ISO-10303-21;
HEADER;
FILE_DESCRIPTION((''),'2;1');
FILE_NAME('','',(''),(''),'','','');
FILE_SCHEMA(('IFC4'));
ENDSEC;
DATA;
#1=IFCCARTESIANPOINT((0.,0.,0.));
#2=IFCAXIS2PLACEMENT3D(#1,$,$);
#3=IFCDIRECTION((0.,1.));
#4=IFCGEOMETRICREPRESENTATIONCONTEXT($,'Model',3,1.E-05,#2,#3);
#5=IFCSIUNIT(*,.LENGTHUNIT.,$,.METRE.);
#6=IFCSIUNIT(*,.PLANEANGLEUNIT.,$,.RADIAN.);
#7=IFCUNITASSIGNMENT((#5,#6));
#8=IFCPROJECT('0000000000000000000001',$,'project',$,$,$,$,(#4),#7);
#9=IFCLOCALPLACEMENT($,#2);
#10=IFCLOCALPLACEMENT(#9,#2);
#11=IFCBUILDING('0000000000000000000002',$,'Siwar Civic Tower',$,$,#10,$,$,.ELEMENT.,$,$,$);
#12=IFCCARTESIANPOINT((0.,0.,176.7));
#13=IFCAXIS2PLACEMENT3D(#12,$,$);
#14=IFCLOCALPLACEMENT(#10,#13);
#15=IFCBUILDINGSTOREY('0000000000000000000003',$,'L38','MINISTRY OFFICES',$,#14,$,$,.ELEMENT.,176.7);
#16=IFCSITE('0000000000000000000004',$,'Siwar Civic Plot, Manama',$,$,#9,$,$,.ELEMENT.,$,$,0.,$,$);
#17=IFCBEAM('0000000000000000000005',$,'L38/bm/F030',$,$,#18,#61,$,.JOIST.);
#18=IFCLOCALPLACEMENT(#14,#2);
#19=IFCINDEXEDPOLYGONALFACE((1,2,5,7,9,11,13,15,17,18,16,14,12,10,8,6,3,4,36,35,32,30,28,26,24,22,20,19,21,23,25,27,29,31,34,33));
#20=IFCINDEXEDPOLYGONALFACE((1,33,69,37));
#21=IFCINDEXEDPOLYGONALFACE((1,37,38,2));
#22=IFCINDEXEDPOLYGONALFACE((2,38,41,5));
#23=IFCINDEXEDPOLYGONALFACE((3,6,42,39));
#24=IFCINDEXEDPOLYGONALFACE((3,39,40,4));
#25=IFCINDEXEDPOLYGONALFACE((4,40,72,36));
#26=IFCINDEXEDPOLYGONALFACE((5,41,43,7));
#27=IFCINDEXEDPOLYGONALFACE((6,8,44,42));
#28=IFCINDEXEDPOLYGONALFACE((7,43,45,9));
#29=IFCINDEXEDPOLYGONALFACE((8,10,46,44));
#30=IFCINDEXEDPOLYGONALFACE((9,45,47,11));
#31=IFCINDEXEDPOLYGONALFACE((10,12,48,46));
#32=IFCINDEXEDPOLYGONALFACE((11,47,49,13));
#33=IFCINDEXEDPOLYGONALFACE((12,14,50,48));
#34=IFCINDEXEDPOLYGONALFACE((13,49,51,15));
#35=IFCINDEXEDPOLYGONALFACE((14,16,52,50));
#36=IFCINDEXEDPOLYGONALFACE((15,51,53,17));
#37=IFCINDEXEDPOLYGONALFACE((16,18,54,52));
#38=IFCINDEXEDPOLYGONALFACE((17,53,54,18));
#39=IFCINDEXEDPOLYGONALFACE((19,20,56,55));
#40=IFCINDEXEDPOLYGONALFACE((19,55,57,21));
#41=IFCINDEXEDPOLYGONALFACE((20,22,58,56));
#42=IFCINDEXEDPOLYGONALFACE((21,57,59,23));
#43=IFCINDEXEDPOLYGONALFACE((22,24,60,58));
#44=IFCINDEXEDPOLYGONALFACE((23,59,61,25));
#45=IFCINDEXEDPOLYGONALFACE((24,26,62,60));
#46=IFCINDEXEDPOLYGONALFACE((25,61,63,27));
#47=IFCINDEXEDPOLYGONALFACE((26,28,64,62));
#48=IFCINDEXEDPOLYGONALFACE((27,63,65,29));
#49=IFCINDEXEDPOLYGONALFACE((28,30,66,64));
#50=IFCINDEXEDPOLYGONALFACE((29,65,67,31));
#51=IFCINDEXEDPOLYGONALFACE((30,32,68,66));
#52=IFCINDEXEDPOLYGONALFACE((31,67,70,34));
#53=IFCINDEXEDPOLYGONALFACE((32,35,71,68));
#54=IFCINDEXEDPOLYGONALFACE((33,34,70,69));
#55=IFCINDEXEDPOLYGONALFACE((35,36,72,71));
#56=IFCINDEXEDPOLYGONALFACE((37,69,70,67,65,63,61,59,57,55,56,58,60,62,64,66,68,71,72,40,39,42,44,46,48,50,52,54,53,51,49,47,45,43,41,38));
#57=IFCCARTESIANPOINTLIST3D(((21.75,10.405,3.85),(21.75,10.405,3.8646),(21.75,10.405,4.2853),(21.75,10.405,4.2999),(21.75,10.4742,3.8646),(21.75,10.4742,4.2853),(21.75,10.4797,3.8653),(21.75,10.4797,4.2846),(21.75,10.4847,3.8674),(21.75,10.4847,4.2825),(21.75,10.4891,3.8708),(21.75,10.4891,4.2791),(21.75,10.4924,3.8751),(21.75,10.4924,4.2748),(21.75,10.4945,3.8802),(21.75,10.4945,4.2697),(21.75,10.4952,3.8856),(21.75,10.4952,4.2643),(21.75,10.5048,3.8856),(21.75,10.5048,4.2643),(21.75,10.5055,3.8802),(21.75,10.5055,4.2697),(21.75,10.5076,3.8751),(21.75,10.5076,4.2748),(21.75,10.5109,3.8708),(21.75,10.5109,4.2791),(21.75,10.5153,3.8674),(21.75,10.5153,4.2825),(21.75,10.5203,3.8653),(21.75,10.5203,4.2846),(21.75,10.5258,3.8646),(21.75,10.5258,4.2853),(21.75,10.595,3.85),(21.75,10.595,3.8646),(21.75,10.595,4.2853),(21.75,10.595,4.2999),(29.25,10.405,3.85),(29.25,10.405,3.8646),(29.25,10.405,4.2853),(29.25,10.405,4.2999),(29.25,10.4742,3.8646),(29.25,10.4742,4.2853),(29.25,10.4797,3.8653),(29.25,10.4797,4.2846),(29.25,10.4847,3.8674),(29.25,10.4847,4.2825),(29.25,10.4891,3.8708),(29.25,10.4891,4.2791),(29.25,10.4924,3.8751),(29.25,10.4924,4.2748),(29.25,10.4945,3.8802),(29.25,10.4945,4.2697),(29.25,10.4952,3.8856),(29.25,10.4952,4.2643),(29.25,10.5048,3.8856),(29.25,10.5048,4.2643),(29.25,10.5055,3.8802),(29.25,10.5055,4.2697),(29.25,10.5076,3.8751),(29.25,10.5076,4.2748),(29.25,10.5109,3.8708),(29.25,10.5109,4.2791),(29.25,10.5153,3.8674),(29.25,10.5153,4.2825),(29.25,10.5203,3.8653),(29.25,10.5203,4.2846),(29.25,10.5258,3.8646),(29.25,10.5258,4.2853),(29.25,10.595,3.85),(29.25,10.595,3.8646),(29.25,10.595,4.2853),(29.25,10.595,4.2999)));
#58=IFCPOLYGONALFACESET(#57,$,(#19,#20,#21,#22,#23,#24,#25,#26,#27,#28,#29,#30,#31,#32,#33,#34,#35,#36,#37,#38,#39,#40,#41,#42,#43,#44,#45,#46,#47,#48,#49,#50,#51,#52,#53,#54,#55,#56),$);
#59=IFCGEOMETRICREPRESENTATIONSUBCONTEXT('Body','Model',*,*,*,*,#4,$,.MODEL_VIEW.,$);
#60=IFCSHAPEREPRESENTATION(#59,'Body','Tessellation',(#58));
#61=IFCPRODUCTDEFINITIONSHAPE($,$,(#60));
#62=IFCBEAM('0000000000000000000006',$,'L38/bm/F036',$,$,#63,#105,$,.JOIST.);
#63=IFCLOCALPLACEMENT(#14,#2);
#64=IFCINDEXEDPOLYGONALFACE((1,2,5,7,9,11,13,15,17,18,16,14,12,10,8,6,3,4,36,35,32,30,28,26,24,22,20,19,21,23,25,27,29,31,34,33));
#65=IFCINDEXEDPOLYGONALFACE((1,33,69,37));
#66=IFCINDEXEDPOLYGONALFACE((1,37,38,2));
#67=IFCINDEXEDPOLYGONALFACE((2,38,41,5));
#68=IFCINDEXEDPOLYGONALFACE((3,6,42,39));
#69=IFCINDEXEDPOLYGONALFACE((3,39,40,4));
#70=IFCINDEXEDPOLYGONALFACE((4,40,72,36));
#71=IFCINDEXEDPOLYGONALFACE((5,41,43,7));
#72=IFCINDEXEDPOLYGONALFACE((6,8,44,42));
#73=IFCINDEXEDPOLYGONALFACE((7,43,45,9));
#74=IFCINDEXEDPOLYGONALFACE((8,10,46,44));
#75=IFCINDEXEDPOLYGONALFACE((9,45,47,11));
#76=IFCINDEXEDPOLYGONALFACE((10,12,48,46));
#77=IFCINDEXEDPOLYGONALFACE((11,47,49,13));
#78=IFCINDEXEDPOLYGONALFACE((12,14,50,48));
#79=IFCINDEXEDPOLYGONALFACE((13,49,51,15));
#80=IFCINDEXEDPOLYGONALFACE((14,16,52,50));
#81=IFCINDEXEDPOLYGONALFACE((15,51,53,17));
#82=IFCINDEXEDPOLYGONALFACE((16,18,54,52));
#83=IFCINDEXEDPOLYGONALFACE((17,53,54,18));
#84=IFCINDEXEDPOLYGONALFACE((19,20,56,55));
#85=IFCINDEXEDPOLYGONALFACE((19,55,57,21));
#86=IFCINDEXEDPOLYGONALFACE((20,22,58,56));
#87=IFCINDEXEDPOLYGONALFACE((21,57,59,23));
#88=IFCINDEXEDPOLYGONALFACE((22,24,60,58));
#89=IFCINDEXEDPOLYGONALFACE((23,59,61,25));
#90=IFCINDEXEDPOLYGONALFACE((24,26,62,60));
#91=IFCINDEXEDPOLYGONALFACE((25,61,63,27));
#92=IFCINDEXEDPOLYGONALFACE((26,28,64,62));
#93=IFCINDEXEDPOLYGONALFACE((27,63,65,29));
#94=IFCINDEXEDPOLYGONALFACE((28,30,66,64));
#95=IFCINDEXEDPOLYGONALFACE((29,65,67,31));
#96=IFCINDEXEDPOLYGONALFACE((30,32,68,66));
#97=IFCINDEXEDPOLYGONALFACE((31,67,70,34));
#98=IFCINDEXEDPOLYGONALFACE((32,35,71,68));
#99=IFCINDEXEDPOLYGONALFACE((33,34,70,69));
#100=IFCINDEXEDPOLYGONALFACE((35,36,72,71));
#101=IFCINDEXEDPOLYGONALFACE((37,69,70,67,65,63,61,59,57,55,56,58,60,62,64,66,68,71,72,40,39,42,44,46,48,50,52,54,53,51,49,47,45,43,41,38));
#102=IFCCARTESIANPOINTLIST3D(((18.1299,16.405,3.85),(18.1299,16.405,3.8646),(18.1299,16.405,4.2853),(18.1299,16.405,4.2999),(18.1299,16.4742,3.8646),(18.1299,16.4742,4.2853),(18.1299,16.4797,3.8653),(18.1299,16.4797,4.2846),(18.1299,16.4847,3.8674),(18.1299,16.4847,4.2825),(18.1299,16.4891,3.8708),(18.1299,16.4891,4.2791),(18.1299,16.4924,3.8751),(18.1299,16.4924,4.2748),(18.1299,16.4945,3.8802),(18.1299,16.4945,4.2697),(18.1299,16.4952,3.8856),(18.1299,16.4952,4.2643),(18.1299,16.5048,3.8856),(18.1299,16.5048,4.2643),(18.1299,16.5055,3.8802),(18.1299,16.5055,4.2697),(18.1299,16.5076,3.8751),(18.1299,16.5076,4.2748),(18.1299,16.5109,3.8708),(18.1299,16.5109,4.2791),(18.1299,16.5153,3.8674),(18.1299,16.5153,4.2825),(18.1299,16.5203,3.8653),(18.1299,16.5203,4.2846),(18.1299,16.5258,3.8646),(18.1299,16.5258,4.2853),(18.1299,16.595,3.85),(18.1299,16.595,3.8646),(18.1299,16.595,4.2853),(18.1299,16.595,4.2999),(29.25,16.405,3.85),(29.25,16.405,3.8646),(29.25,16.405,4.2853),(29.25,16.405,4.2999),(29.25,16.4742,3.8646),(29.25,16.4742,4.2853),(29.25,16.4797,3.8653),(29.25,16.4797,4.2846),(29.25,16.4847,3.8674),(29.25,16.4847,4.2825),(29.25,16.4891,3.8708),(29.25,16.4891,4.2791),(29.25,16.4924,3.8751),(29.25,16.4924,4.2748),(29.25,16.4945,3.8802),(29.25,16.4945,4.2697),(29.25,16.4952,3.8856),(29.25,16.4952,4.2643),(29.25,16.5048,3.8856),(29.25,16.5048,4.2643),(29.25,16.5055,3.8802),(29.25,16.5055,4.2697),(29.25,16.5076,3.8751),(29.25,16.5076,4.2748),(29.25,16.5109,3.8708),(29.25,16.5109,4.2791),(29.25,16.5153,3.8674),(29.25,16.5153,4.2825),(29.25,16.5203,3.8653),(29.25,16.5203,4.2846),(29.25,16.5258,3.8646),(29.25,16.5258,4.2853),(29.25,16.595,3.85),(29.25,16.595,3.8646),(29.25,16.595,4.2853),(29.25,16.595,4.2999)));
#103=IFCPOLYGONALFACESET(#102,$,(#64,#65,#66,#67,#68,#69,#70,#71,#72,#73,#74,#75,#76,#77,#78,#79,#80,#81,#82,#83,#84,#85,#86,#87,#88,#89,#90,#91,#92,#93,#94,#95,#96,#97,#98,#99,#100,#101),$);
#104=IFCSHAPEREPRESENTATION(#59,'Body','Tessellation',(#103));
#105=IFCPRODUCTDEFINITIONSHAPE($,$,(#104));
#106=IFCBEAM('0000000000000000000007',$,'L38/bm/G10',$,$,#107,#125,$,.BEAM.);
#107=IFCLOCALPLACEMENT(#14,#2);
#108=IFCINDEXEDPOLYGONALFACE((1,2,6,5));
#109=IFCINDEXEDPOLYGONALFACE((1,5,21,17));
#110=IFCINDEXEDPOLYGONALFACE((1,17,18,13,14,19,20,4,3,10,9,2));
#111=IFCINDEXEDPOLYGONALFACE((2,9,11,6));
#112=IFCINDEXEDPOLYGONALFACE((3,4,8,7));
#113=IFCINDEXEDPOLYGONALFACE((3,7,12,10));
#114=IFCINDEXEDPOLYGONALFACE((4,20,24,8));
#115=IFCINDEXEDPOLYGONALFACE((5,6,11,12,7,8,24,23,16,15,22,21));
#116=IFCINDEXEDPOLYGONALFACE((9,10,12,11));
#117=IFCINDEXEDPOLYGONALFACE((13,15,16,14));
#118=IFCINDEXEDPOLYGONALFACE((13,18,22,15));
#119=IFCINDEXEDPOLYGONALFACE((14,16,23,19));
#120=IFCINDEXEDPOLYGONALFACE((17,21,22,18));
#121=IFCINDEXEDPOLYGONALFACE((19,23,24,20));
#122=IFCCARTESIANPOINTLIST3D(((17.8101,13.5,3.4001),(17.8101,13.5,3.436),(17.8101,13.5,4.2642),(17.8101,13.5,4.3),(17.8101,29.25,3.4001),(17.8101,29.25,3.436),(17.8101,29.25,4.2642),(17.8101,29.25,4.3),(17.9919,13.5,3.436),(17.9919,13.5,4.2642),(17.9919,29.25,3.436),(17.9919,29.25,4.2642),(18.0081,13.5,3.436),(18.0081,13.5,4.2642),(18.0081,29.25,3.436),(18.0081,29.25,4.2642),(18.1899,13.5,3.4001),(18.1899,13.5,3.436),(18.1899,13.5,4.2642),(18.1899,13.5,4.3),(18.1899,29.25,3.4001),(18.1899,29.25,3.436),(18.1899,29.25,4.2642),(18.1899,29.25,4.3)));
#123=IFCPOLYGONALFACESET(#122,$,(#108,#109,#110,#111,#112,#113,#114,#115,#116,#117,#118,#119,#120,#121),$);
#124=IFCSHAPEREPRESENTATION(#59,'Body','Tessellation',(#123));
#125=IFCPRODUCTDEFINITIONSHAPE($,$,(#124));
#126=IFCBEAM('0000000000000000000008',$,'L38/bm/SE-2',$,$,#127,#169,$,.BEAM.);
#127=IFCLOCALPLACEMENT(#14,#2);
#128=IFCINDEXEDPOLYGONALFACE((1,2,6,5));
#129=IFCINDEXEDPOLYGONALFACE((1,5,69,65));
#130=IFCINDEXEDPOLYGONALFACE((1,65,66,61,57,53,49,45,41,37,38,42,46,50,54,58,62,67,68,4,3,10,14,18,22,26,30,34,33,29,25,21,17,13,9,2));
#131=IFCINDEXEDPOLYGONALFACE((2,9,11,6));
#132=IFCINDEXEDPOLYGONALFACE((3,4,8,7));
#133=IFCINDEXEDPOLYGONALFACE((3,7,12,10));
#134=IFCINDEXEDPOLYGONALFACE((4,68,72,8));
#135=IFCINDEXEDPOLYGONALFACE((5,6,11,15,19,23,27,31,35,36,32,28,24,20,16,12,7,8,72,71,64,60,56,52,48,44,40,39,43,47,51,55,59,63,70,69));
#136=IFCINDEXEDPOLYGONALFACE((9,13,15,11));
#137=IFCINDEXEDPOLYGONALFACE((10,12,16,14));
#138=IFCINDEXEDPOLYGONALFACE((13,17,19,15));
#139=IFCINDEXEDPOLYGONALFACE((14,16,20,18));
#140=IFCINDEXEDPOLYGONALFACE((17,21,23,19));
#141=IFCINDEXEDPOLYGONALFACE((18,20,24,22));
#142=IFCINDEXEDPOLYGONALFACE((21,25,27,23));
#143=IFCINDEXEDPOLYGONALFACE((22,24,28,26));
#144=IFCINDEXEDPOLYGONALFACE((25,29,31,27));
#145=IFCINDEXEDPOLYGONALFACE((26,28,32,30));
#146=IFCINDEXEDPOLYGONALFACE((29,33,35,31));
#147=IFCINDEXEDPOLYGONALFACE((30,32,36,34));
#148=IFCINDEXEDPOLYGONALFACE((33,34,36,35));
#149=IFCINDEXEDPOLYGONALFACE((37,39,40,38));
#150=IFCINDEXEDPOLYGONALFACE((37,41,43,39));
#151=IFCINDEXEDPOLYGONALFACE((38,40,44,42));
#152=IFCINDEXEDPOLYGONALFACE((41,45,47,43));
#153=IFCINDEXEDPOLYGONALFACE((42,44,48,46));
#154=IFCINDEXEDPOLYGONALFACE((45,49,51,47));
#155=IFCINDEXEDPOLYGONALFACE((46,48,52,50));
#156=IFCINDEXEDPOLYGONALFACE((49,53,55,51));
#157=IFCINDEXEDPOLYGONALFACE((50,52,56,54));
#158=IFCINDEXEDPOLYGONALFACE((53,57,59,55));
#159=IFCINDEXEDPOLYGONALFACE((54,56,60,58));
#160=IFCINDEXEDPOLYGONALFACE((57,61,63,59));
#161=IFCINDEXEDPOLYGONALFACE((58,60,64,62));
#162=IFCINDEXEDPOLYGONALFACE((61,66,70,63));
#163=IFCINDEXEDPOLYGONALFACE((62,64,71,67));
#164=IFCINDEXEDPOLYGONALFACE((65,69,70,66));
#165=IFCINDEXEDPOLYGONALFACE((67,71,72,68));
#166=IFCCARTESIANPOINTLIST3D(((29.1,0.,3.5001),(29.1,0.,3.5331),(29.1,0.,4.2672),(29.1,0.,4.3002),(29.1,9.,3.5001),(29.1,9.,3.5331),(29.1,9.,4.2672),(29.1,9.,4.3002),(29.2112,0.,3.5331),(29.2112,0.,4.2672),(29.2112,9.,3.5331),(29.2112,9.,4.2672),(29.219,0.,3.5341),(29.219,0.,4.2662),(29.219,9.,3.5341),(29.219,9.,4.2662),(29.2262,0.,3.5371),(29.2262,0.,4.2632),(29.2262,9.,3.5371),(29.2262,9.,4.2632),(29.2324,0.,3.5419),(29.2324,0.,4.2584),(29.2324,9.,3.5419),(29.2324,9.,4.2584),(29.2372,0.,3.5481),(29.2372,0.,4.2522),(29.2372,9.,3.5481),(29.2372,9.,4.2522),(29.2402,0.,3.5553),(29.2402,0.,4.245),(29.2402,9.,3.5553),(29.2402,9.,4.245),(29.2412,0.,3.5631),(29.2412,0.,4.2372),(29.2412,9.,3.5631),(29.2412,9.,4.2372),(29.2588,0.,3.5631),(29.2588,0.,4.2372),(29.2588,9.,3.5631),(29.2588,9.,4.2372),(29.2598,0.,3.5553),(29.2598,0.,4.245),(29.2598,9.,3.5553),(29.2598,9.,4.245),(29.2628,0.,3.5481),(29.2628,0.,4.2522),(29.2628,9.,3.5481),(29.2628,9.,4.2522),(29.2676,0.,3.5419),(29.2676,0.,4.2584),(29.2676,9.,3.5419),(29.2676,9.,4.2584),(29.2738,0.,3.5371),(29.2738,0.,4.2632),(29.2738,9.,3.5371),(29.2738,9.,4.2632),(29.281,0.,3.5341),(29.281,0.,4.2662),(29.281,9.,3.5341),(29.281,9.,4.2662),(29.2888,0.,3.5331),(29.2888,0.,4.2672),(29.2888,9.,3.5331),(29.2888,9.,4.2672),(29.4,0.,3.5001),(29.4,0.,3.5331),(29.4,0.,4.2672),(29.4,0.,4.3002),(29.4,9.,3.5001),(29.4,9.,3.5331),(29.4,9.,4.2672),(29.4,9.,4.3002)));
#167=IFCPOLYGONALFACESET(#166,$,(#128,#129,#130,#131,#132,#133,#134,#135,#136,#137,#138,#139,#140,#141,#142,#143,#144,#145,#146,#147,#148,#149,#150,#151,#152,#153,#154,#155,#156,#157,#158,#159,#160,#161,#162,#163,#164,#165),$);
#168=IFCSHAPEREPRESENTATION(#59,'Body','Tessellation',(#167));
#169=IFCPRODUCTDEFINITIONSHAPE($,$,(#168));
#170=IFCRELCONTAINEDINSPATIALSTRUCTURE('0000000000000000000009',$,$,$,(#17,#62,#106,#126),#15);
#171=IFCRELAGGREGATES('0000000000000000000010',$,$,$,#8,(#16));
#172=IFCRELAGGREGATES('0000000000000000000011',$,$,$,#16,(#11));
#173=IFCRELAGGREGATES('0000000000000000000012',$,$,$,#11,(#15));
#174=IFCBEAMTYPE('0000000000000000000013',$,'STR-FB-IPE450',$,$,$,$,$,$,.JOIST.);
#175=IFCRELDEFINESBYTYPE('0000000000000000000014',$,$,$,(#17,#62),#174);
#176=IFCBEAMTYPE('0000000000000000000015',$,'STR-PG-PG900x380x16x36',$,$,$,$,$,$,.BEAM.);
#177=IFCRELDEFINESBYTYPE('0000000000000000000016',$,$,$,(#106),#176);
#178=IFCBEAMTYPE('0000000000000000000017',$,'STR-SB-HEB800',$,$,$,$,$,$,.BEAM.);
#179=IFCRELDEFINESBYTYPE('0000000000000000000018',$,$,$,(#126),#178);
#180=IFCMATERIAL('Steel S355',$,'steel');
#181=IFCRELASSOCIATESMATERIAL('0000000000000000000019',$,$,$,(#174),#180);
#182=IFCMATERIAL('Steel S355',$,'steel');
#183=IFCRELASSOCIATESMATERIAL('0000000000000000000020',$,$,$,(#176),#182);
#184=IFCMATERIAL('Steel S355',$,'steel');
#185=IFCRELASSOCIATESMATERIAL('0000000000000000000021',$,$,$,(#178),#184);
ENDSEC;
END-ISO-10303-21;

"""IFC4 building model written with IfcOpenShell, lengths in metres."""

from ifc_helpers import new_model, si_unit, direction, frame, origin, origin_2d, place, context, subcontext, project, spatial, i_section, extrude, material, material_profile, profile_set, type_object, element, save


model = new_model("IFC4")

# Units and contexts
model_context = context("Model", 3, precision=1e-05, world=origin(), true_north=direction((0.0, 1.0)))
body_context = subcontext(model_context, "Body", "Model", "MODEL_VIEW")
ifc_project = project(units=[si_unit("LENGTHUNIT", "METRE"), si_unit("PLANEANGLEUNIT", "RADIAN")], contexts=[model_context])

# Site, building, storey
site_placement = place(None, origin())
site = spatial("IfcSite", under=ifc_project, at=site_placement, Name="Siwar Civic Plot, Manama", CompositionType="ELEMENT", RefElevation=0.0)
building_placement = place(site_placement, origin())
building = spatial("IfcBuilding", under=site, at=building_placement, Name="Siwar Civic Tower", CompositionType="ELEMENT")
storey_placement = place(building_placement, frame((0.0, 0.0, 176.7)))
storey = spatial("IfcBuildingStorey", under=building, at=storey_placement, Name="L38", Description="MINISTRY OFFICES", CompositionType="ELEMENT", Elevation=176.7)

# Beams
ifc_material_1 = material(Name="Steel S355", Category="steel")
ifc_material_profile_1 = material_profile(ifc_material_1, i_section(OverallWidth=0.1899, OverallDepth=0.45, WebThickness=0.0095, FlangeThickness=0.0146, FilletRadius=0.021, at=origin_2d()), Name="IPE450")
ifc_profile_set_1 = profile_set([ifc_material_profile_1], Name="Steel S355")
beam_type_1 = type_object("IfcBeamType", Name="STR-FB-IPE450", PredefinedType="JOIST", material=ifc_profile_set_1)
for number, where, z_axis, x_axis, name in (
    (1, (21.75, 10.5, 4.075), (1.0, 0.0, 0.0), (0.0, 1.0, 0.0), "L38/bm/F030"),
):
    element("IfcBeam", number, at=place(storey_placement, frame(where, z_axis=z_axis, x_axis=x_axis)), inside=storey, type_object=beam_type_1, Name=name, PredefinedType="JOIST", context=body_context, shape_type="SweptSolid", body=[
        extrude(i_section(OverallWidth=0.1899, OverallDepth=0.45, WebThickness=0.0095, FlangeThickness=0.0146, FilletRadius=0.021, at=origin_2d()), origin(), (0.0, 0.0, 1.0), 7.5),
    ])
beam_1_placement = place(storey_placement, frame((18.1299, 16.5, 4.075), z_axis=(1.0, 0.0, 0.0), x_axis=(0.0, 1.0, 0.0)))
element("IfcBeam", 2, at=beam_1_placement, inside=storey, type_object=beam_type_1, Name="L38/bm/F036", PredefinedType="JOIST", context=body_context, shape_type="SweptSolid", body=[
    extrude(i_section(OverallWidth=0.1899, OverallDepth=0.45, WebThickness=0.0095, FlangeThickness=0.0146, FilletRadius=0.021, at=origin_2d()), origin(), (0.0, 0.0, 1.0), 11.1201),
])
ifc_material_2 = material(Name="Steel S355", Category="steel")
ifc_material_profile_2 = material_profile(ifc_material_2, i_section(OverallWidth=0.3799, OverallDepth=0.8999, WebThickness=0.0161, FlangeThickness=0.0359, at=origin_2d()), Name="PG900x380x16x36")
ifc_profile_set_2 = profile_set([ifc_material_profile_2], Name="Steel S355")
beam_type_2 = type_object("IfcBeamType", Name="STR-PG-PG900x380x16x36", PredefinedType="BEAM", material=ifc_profile_set_2)
beam_2_placement = place(storey_placement, frame((18.0, 13.5, 3.8501), z_axis=(0.0, 1.0, 0.0), x_axis=(-1.0, 0.0, 0.0)))
element("IfcBeam", 3, at=beam_2_placement, inside=storey, type_object=beam_type_2, Name="L38/bm/G10", PredefinedType="BEAM", context=body_context, shape_type="SweptSolid", body=[
    extrude(i_section(OverallWidth=0.3799, OverallDepth=0.8999, WebThickness=0.0161, FlangeThickness=0.0359, at=origin_2d()), origin(), (0.0, 0.0, 1.0), 15.75),
])
ifc_material_3 = material(Name="Steel S355", Category="steel")
ifc_material_profile_3 = material_profile(ifc_material_3, i_section(OverallWidth=0.3, OverallDepth=0.8, WebThickness=0.0176, FlangeThickness=0.033, FilletRadius=0.03, at=origin_2d()), Name="HEB800")
ifc_profile_set_3 = profile_set([ifc_material_profile_3], Name="Steel S355")
beam_type_3 = type_object("IfcBeamType", Name="STR-SB-HEB800", PredefinedType="BEAM", material=ifc_profile_set_3)
for number, where, z_axis, x_axis, name in (
    (4, (29.25, 0.0, 3.9001), (0.0, 1.0, 0.0), (-1.0, 0.0, 0.0), "L38/bm/SE-2"),
):
    element("IfcBeam", number, at=place(storey_placement, frame(where, z_axis=z_axis, x_axis=x_axis)), inside=storey, type_object=beam_type_3, Name=name, PredefinedType="BEAM", context=body_context, shape_type="SweptSolid", body=[
        extrude(i_section(OverallWidth=0.3, OverallDepth=0.8, WebThickness=0.0176, FlangeThickness=0.033, FilletRadius=0.03, at=origin_2d()), origin(), (0.0, 0.0, 1.0), 9.0),
    ])

save(model, "model.ifc")
